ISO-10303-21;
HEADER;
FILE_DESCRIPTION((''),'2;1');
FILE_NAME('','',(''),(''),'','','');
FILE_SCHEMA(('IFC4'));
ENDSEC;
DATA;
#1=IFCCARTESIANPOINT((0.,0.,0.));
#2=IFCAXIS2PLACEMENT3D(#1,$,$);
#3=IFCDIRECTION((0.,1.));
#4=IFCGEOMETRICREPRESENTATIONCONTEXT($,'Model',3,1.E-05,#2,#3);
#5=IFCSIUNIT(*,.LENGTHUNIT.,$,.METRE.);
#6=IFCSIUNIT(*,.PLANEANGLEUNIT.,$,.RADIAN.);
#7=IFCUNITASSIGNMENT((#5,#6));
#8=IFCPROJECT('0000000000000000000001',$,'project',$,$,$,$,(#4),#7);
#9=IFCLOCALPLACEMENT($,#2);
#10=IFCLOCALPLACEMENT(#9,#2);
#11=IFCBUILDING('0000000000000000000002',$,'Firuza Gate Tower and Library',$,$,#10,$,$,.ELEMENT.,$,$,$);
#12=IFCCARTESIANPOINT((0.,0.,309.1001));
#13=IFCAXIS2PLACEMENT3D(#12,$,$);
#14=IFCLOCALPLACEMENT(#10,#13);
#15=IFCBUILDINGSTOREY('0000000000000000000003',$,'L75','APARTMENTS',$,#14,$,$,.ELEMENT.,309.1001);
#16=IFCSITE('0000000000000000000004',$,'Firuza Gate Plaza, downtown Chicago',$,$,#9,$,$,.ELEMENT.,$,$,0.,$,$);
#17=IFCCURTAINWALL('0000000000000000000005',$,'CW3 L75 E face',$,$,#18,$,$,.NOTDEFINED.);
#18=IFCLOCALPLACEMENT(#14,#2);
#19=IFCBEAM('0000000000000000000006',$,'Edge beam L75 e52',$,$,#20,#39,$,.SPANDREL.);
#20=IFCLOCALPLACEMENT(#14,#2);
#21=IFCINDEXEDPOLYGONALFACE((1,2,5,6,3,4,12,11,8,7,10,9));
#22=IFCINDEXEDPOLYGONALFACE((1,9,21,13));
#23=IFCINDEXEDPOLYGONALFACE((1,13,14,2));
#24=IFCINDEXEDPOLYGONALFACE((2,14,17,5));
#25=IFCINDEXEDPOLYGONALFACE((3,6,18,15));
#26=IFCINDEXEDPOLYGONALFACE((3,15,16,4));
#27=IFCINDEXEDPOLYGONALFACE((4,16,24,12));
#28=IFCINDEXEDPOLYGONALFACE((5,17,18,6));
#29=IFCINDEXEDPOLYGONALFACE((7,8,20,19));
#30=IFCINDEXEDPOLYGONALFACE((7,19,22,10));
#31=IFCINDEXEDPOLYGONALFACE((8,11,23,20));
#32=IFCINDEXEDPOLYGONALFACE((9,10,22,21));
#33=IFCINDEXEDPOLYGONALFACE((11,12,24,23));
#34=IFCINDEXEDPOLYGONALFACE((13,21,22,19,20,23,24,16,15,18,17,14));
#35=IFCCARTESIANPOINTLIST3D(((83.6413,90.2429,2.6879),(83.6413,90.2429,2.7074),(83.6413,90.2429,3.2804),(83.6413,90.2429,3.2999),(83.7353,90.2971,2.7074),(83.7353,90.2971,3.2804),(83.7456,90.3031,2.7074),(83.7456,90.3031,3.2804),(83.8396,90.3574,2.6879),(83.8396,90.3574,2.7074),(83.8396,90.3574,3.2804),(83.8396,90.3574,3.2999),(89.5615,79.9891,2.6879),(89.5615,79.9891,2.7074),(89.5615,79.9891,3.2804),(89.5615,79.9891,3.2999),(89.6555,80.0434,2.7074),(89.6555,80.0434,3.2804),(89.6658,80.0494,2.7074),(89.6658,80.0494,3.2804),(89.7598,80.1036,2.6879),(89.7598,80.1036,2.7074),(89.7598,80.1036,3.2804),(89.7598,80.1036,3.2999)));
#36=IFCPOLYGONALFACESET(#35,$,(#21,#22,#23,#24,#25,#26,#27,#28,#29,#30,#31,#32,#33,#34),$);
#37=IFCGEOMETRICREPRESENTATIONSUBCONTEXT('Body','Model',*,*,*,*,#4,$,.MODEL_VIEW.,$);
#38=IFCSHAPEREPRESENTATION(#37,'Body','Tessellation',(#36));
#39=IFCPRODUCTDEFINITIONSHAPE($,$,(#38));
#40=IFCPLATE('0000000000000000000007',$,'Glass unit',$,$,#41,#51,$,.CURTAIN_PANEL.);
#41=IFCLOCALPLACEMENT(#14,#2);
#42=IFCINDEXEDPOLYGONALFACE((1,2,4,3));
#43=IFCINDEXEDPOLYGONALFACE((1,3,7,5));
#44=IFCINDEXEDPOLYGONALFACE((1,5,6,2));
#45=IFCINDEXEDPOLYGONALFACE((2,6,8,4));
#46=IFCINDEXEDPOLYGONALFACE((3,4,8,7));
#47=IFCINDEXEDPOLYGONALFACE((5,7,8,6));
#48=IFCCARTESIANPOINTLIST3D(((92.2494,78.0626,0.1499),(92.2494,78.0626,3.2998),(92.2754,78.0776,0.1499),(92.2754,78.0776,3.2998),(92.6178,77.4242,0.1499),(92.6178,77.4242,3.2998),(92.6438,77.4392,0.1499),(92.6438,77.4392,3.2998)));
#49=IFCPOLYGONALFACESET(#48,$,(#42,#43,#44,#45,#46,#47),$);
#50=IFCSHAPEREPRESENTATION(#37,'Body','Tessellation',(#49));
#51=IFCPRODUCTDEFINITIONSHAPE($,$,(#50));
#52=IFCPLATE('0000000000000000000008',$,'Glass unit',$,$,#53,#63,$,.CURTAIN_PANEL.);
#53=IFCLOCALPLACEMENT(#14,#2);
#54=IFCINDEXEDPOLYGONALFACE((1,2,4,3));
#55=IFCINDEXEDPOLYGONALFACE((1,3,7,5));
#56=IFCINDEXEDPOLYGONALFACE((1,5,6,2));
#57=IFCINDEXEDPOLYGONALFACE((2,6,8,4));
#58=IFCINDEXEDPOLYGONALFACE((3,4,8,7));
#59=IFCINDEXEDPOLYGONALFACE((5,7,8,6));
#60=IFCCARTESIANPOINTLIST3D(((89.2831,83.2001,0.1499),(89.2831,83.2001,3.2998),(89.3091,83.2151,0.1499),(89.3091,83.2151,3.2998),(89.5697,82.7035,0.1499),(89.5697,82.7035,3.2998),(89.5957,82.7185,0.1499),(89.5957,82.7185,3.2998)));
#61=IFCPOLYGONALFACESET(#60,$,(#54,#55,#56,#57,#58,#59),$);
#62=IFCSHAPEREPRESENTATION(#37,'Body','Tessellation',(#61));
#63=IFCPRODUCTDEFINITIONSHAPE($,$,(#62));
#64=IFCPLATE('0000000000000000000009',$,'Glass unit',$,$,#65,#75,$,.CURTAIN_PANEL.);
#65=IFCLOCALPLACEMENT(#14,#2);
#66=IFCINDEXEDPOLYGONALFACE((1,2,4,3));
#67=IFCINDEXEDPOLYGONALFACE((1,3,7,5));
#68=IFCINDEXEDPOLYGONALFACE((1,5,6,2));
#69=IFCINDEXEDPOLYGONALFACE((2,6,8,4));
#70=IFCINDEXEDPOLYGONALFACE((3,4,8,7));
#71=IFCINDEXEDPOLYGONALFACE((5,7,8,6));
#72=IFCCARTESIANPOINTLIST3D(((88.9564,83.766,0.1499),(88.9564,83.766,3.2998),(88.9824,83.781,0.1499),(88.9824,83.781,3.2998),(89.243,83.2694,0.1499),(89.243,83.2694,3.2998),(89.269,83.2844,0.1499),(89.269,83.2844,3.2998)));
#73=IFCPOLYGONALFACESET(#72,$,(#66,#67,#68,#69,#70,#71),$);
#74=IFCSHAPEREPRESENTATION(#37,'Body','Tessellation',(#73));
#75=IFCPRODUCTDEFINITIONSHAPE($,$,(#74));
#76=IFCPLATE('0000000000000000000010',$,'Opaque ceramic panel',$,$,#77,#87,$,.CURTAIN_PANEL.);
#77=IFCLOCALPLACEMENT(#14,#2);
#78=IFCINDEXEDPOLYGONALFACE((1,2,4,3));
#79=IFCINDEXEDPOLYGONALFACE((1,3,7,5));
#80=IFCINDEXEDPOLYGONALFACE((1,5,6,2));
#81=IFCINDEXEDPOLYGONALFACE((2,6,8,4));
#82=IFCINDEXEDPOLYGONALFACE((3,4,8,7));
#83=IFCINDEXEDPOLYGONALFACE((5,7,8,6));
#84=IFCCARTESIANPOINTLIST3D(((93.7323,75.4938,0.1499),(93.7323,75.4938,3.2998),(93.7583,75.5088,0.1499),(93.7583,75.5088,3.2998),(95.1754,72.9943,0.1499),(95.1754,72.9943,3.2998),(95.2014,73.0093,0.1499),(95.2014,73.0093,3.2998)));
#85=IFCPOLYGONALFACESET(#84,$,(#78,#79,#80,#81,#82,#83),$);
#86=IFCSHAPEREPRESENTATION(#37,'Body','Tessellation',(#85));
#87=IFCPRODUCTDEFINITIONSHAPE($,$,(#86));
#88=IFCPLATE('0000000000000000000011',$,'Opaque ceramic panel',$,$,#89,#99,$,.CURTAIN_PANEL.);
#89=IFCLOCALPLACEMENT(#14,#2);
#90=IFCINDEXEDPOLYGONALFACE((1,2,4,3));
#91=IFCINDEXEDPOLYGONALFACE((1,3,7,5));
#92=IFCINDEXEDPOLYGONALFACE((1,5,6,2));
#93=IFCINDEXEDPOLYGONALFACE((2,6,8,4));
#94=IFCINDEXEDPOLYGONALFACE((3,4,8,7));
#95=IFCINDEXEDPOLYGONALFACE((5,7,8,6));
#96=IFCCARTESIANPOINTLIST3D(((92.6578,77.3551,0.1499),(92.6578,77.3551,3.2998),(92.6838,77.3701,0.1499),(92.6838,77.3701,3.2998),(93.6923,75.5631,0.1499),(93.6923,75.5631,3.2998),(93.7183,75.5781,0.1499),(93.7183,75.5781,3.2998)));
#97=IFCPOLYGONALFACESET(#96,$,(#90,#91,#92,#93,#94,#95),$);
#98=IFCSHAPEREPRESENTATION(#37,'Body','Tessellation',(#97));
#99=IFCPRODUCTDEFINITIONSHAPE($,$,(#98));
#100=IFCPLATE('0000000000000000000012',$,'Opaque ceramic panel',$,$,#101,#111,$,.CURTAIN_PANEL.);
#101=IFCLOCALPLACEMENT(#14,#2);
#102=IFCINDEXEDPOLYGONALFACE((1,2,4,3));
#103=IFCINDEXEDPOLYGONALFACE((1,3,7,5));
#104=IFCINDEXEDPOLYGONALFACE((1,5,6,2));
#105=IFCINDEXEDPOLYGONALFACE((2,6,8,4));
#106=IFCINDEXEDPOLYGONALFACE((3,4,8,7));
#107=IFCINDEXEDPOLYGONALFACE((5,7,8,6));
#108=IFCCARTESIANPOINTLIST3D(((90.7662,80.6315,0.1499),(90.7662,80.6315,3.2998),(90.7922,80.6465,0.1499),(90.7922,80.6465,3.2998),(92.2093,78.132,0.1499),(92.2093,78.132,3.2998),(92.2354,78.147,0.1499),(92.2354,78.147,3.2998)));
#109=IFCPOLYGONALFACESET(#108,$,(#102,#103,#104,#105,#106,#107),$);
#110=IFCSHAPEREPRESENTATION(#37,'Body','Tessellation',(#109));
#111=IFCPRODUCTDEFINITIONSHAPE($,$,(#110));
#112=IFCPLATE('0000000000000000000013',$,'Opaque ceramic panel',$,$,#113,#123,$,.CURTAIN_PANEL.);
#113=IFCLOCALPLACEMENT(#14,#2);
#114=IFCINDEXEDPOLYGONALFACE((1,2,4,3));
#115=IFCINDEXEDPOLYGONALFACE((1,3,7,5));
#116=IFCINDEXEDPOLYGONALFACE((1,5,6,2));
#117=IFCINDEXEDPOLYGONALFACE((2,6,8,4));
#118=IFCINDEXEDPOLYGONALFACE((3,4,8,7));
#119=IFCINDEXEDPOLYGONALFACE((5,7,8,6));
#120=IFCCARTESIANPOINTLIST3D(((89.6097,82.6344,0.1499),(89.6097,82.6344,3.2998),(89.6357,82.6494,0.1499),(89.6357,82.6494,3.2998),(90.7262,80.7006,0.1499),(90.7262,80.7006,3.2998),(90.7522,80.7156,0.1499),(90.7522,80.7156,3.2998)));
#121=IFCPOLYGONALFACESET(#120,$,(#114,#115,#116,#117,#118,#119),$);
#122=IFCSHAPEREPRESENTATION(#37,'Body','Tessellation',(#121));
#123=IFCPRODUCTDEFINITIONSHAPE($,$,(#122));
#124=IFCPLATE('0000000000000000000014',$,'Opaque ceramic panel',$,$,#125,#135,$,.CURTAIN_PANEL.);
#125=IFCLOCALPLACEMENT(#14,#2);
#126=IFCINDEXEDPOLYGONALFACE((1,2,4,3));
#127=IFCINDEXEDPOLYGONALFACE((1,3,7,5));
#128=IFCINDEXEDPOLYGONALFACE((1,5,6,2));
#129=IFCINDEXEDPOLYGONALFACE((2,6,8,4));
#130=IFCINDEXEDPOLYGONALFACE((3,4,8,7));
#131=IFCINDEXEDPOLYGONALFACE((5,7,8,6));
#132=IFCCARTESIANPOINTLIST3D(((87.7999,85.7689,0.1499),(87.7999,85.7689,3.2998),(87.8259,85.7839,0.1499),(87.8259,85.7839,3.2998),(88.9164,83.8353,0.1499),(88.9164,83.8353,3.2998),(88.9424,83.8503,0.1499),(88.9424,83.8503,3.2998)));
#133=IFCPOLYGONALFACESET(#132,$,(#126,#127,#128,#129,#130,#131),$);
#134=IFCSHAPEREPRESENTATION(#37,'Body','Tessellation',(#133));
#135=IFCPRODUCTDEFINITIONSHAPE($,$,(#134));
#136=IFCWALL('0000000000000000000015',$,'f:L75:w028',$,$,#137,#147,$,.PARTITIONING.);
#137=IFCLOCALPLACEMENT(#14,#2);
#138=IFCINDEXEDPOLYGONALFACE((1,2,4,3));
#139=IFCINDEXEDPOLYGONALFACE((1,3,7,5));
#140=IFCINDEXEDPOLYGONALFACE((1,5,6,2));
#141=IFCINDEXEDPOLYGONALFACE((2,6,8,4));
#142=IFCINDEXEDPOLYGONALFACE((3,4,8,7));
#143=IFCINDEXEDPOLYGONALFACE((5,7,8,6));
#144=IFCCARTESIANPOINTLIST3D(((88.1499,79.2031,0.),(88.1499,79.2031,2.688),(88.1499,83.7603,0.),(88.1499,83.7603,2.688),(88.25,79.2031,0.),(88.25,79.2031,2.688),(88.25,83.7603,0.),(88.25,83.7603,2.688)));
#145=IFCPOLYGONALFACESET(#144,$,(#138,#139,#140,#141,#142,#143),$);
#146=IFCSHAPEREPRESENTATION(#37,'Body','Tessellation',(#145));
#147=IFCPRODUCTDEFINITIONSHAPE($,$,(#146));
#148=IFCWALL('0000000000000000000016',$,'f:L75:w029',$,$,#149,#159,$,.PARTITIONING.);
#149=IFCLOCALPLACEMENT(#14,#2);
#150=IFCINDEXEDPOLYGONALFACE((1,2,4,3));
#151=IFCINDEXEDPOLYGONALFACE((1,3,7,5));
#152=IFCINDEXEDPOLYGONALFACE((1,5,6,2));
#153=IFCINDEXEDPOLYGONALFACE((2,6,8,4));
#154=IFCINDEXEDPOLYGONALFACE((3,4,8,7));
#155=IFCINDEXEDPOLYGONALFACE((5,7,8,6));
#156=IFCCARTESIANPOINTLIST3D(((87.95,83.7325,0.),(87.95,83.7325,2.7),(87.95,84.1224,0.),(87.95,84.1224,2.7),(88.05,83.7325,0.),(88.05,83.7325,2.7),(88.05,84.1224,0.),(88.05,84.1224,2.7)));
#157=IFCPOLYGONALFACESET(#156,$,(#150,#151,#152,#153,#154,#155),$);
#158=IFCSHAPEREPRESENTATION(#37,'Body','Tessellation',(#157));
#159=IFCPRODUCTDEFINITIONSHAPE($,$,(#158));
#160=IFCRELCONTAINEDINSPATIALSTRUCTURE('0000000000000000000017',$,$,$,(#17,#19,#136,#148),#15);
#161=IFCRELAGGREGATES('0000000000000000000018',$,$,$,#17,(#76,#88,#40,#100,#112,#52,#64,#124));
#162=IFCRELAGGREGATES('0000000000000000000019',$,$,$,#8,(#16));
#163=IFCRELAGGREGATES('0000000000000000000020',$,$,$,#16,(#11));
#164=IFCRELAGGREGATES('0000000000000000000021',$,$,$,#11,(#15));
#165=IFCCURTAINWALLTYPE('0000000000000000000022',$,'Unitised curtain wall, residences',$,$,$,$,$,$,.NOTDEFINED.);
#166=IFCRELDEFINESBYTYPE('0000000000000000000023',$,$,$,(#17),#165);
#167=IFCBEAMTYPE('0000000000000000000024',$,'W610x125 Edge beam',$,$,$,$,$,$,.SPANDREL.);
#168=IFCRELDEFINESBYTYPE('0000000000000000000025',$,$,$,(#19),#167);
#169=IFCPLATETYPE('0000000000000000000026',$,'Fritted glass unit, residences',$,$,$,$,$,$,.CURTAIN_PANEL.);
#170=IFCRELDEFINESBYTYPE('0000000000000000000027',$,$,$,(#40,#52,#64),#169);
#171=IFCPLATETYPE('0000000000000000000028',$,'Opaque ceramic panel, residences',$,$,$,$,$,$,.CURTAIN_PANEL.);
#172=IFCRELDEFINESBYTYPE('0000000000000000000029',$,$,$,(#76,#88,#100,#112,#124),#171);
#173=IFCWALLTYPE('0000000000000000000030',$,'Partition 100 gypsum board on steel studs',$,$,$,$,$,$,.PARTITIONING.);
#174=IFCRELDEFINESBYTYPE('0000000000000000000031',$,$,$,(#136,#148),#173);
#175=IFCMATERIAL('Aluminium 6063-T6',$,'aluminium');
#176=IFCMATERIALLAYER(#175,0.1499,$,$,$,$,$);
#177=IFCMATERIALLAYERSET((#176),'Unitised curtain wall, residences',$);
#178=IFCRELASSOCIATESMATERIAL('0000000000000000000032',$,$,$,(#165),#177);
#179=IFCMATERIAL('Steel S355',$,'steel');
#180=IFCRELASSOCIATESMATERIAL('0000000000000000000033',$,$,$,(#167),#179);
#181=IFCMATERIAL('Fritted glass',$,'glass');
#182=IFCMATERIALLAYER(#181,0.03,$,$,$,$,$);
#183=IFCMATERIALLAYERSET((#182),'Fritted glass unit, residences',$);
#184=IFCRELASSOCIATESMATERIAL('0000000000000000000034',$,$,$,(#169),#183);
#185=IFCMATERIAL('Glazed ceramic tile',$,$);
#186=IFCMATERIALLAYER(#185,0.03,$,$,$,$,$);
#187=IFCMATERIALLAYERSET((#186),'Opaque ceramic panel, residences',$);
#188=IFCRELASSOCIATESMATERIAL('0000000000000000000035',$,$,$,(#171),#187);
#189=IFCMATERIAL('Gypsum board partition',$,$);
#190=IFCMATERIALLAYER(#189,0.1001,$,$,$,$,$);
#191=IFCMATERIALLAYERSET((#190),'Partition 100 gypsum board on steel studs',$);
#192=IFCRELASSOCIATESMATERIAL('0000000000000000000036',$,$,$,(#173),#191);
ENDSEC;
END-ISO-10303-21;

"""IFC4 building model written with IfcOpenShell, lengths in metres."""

from ifc_helpers import new_model, si_unit, direction, frame, frame_2d, origin, origin_2d, place, context, subcontext, project, spatial, polyline, rectangle, i_section, outline, extrude, material, layer, layer_set, material_profile, profile_set, type_object, element, aggregate, save


model = new_model("IFC4")

# Units and contexts
model_context = context("Model", 3, precision=1e-05, world=origin(), true_north=direction((0.0, 1.0)))
body_context = subcontext(model_context, "Body", "Model", "MODEL_VIEW")
ifc_project = project(units=[si_unit("LENGTHUNIT", "METRE"), si_unit("PLANEANGLEUNIT", "RADIAN")], contexts=[model_context])

# Site, building, storey
site_placement = place(None, origin())
site = spatial("IfcSite", under=ifc_project, at=site_placement, Name="Firuza Gate Plaza, downtown Chicago", CompositionType="ELEMENT", RefElevation=0.0)
building_placement = place(site_placement, origin())
building = spatial("IfcBuilding", under=site, at=building_placement, Name="Firuza Gate Tower and Library", CompositionType="ELEMENT")
storey_placement = place(building_placement, frame((0.0, 0.0, 309.1001)))
storey = spatial("IfcBuildingStorey", under=building, at=storey_placement, Name="L75", Description="APARTMENTS", CompositionType="ELEMENT", Elevation=309.1001)

# Curtain wall
ifc_material_1 = material(Name="Aluminium 6063-T6", Category="aluminium")
ifc_layer_1 = layer(ifc_material_1, 0.1499)
ifc_layer_set_1 = layer_set([ifc_layer_1], Name="Unitised curtain wall, residences")
curtain_wall_type = type_object("IfcCurtainWallType", Name="Unitised curtain wall, residences", PredefinedType="NOTDEFINED", material=ifc_layer_set_1)
curtain_wall_placement = place(storey_placement, origin())
curtain_wall = element("IfcCurtainWall", 1, at=curtain_wall_placement, inside=storey, type_object=curtain_wall_type, Name="CW3 L75 E face", PredefinedType="NOTDEFINED")

# Beam
ifc_material_2 = material(Name="Steel S355", Category="steel")
ifc_material_profile_1 = material_profile(ifc_material_2, i_section(OverallWidth=0.229, OverallDepth=0.6121, WebThickness=0.012, FlangeThickness=0.0195, at=origin_2d()))
ifc_profile_set_1 = profile_set([ifc_material_profile_1], Name="Steel S355")
beam_type_1 = type_object("IfcBeamType", Name="W610x125 Edge beam", PredefinedType="SPANDREL", material=ifc_profile_set_1)
beam_1_placement = place(storey_placement, frame((89.6606, 80.0464, 2.9939), z_axis=(-0.500013, 0.866018, 0.0), x_axis=(-0.866018, -0.500013, 0.0)))
element("IfcBeam", 2, at=beam_1_placement, inside=storey, type_object=beam_type_1, Name="Edge beam L75 e52", PredefinedType="SPANDREL", context=body_context, shape_type="SweptSolid", body=[
    extrude(i_section(OverallWidth=0.229, OverallDepth=0.6121, WebThickness=0.012, FlangeThickness=0.0195, at=origin_2d()), origin(), (0.0, 0.0, 1.0), 11.8401),
])

# Plates
ifc_material_3 = material(Name="Fritted glass", Category="glass")
ifc_layer_2 = layer(ifc_material_3, 0.03)
ifc_layer_set_2 = layer_set([ifc_layer_2], Name="Fritted glass unit, residences")
plate_type_1 = type_object("IfcPlateType", Name="Fritted glass unit, residences", PredefinedType="CURTAIN_PANEL", material=ifc_layer_set_2)
plate_1_placement = place(storey_placement, frame((92.6438, 77.4392, 0.1499), z_axis=(0.866136, 0.499808, 0.0), x_axis=(-0.499808, 0.866136, 0.0)))
plate_1 = element("IfcPlate", 3, at=plate_1_placement, type_object=plate_type_1, Name="Glass unit", PredefinedType="CURTAIN_PANEL", context=body_context, shape_type="SweptSolid", body=[
    extrude(outline(polyline([(0.0, 0.0), (0.7371, 0.0), (0.7371, 3.1499), (0.0, 3.1499), (0.0, 0.0)])), origin(), (0.0, 0.0, -1.0), 0.03),
])
plate_2_placement = place(storey_placement, frame((89.5957, 82.7185, 0.1499), z_axis=(0.866086, 0.499894, 0.0), x_axis=(-0.499894, 0.866086, 0.0)))
plate_2 = element("IfcPlate", 4, at=plate_2_placement, type_object=plate_type_1, Name="Glass unit", PredefinedType="CURTAIN_PANEL", context=body_context, shape_type="SweptSolid", body=[
    extrude(outline(polyline([(0.0, 0.0), (0.5734, 0.0), (0.5734, 3.1499), (0.0, 3.1499), (0.0, 0.0)])), origin(), (0.0, 0.0, -1.0), 0.03),
])
plate_3_placement = place(storey_placement, frame((89.269, 83.2844, 0.1499), z_axis=(0.866086, 0.499894, 0.0), x_axis=(-0.499894, 0.866086, 0.0)))
plate_3 = element("IfcPlate", 5, at=plate_3_placement, type_object=plate_type_1, Name="Glass unit", PredefinedType="CURTAIN_PANEL", context=body_context, shape_type="SweptSolid", body=[
    extrude(outline(polyline([(0.0, 0.0), (0.5734, 0.0), (0.5734, 3.1499), (0.0, 3.1499), (0.0, 0.0)])), origin(), (0.0, 0.0, -1.0), 0.03),
])
ifc_material_4 = material(Name="Glazed ceramic tile")
ifc_layer_3 = layer(ifc_material_4, 0.03)
ifc_layer_set_3 = layer_set([ifc_layer_3], Name="Opaque ceramic panel, residences")
plate_type_2 = type_object("IfcPlateType", Name="Opaque ceramic panel, residences", PredefinedType="CURTAIN_PANEL", material=ifc_layer_set_3)
plate_4_placement = place(storey_placement, frame((95.2014, 73.0093, 0.1499), z_axis=(0.866022, 0.500006, 0.0), x_axis=(-0.500006, 0.866022, 0.0)))
plate_4 = element("IfcPlate", 6, at=plate_4_placement, type_object=plate_type_2, Name="Opaque ceramic panel", PredefinedType="CURTAIN_PANEL", context=body_context, shape_type="SweptSolid", body=[
    extrude(outline(polyline([(0.0, 0.0), (2.8862, 0.0), (2.8862, 3.1499), (0.0, 3.1499), (0.0, 0.0)])), origin(), (0.0, 0.0, -1.0), 0.03),
])
plate_5_placement = place(storey_placement, frame((93.7183, 75.5781, 0.1499), z_axis=(0.866064, 0.499934, 0.0), x_axis=(-0.499934, 0.866064, 0.0)))
plate_5 = element("IfcPlate", 7, at=plate_5_placement, type_object=plate_type_2, Name="Opaque ceramic panel", PredefinedType="CURTAIN_PANEL", context=body_context, shape_type="SweptSolid", body=[
    extrude(outline(polyline([(0.0, 0.0), (2.0691, 0.0), (2.0691, 3.1499), (0.0, 3.1499), (0.0, 0.0)])), origin(), (0.0, 0.0, -1.0), 0.03),
])
plate_6_placement = place(storey_placement, frame((92.2354, 78.147, 0.1499), z_axis=(0.866022, 0.500006, 0.0), x_axis=(-0.500006, 0.866022, 0.0)))
plate_6 = element("IfcPlate", 8, at=plate_6_placement, type_object=plate_type_2, Name="Opaque ceramic panel", PredefinedType="CURTAIN_PANEL", context=body_context, shape_type="SweptSolid", body=[
    extrude(outline(polyline([(0.0, 0.0), (2.8862, 0.0), (2.8862, 3.1499), (0.0, 3.1499), (0.0, 0.0)])), origin(), (0.0, 0.0, -1.0), 0.03),
])
plate_7_placement = place(storey_placement, frame((90.7522, 80.7156, 0.1499), z_axis=(0.866034, 0.499984, 0.0), x_axis=(-0.499984, 0.866034, 0.0)))
plate_7 = element("IfcPlate", 9, at=plate_7_placement, type_object=plate_type_2, Name="Opaque ceramic panel", PredefinedType="CURTAIN_PANEL", context=body_context, shape_type="SweptSolid", body=[
    extrude(outline(polyline([(0.0, 0.0), (2.233, 0.0), (2.233, 3.1499), (0.0, 3.1499), (0.0, 0.0)])), origin(), (0.0, 0.0, -1.0), 0.03),
])
plate_8_placement = place(storey_placement, frame((88.9424, 83.8503, 0.1499), z_axis=(0.866007, 0.500032, 0.0), x_axis=(-0.500032, 0.866007, 0.0)))
plate_8 = element("IfcPlate", 10, at=plate_8_placement, type_object=plate_type_2, Name="Opaque ceramic panel", PredefinedType="CURTAIN_PANEL", context=body_context, shape_type="SweptSolid", body=[
    extrude(outline(polyline([(0.0, 0.0), (2.2328, 0.0), (2.2328, 3.1499), (0.0, 3.1499), (0.0, 0.0)])), origin(), (0.0, 0.0, -1.0), 0.03),
])
aggregate(curtain_wall, [plate_4, plate_5, plate_1, plate_6, plate_7, plate_2, plate_3, plate_8])

# Walls
ifc_material_5 = material(Name="Gypsum board partition")
ifc_layer_4 = layer(ifc_material_5, 0.1001)
ifc_layer_set_4 = layer_set([ifc_layer_4], Name="Partition 100 gypsum board on steel studs")
wall_type = type_object("IfcWallType", Name="Partition 100 gypsum board on steel studs", PredefinedType="PARTITIONING", material=ifc_layer_set_4)
wall_1_placement = place(storey_placement, frame((88.2, 79.2031, 0.0), z_axis=(0.0, 0.0, 1.0), x_axis=(0.0, 1.0, 0.0)))
element("IfcWall", 11, at=wall_1_placement, inside=storey, type_object=wall_type, Name="f:L75:w028", PredefinedType="PARTITIONING", context=body_context, shape_type="SweptSolid", body=[
    extrude(rectangle(XDim=4.5571, YDim=0.1001, at=frame_2d((2.2786, 0.0))), origin(), (0.0, 0.0, 1.0), 2.688),
])
wall_2_placement = place(storey_placement, frame((88.0, 83.7327, 0.0), z_axis=(0.0, 0.0, 1.0), x_axis=(0.0, 1.0, 0.0)))
element("IfcWall", 12, at=wall_2_placement, inside=storey, type_object=wall_type, Name="f:L75:w029", PredefinedType="PARTITIONING", context=body_context, shape_type="SweptSolid", body=[
    extrude(rectangle(XDim=0.3899, YDim=0.1001, at=frame_2d((0.1948, 0.0))), origin(), (0.0, 0.0, 1.0), 2.7),
])

save(model, "model.ifc")
